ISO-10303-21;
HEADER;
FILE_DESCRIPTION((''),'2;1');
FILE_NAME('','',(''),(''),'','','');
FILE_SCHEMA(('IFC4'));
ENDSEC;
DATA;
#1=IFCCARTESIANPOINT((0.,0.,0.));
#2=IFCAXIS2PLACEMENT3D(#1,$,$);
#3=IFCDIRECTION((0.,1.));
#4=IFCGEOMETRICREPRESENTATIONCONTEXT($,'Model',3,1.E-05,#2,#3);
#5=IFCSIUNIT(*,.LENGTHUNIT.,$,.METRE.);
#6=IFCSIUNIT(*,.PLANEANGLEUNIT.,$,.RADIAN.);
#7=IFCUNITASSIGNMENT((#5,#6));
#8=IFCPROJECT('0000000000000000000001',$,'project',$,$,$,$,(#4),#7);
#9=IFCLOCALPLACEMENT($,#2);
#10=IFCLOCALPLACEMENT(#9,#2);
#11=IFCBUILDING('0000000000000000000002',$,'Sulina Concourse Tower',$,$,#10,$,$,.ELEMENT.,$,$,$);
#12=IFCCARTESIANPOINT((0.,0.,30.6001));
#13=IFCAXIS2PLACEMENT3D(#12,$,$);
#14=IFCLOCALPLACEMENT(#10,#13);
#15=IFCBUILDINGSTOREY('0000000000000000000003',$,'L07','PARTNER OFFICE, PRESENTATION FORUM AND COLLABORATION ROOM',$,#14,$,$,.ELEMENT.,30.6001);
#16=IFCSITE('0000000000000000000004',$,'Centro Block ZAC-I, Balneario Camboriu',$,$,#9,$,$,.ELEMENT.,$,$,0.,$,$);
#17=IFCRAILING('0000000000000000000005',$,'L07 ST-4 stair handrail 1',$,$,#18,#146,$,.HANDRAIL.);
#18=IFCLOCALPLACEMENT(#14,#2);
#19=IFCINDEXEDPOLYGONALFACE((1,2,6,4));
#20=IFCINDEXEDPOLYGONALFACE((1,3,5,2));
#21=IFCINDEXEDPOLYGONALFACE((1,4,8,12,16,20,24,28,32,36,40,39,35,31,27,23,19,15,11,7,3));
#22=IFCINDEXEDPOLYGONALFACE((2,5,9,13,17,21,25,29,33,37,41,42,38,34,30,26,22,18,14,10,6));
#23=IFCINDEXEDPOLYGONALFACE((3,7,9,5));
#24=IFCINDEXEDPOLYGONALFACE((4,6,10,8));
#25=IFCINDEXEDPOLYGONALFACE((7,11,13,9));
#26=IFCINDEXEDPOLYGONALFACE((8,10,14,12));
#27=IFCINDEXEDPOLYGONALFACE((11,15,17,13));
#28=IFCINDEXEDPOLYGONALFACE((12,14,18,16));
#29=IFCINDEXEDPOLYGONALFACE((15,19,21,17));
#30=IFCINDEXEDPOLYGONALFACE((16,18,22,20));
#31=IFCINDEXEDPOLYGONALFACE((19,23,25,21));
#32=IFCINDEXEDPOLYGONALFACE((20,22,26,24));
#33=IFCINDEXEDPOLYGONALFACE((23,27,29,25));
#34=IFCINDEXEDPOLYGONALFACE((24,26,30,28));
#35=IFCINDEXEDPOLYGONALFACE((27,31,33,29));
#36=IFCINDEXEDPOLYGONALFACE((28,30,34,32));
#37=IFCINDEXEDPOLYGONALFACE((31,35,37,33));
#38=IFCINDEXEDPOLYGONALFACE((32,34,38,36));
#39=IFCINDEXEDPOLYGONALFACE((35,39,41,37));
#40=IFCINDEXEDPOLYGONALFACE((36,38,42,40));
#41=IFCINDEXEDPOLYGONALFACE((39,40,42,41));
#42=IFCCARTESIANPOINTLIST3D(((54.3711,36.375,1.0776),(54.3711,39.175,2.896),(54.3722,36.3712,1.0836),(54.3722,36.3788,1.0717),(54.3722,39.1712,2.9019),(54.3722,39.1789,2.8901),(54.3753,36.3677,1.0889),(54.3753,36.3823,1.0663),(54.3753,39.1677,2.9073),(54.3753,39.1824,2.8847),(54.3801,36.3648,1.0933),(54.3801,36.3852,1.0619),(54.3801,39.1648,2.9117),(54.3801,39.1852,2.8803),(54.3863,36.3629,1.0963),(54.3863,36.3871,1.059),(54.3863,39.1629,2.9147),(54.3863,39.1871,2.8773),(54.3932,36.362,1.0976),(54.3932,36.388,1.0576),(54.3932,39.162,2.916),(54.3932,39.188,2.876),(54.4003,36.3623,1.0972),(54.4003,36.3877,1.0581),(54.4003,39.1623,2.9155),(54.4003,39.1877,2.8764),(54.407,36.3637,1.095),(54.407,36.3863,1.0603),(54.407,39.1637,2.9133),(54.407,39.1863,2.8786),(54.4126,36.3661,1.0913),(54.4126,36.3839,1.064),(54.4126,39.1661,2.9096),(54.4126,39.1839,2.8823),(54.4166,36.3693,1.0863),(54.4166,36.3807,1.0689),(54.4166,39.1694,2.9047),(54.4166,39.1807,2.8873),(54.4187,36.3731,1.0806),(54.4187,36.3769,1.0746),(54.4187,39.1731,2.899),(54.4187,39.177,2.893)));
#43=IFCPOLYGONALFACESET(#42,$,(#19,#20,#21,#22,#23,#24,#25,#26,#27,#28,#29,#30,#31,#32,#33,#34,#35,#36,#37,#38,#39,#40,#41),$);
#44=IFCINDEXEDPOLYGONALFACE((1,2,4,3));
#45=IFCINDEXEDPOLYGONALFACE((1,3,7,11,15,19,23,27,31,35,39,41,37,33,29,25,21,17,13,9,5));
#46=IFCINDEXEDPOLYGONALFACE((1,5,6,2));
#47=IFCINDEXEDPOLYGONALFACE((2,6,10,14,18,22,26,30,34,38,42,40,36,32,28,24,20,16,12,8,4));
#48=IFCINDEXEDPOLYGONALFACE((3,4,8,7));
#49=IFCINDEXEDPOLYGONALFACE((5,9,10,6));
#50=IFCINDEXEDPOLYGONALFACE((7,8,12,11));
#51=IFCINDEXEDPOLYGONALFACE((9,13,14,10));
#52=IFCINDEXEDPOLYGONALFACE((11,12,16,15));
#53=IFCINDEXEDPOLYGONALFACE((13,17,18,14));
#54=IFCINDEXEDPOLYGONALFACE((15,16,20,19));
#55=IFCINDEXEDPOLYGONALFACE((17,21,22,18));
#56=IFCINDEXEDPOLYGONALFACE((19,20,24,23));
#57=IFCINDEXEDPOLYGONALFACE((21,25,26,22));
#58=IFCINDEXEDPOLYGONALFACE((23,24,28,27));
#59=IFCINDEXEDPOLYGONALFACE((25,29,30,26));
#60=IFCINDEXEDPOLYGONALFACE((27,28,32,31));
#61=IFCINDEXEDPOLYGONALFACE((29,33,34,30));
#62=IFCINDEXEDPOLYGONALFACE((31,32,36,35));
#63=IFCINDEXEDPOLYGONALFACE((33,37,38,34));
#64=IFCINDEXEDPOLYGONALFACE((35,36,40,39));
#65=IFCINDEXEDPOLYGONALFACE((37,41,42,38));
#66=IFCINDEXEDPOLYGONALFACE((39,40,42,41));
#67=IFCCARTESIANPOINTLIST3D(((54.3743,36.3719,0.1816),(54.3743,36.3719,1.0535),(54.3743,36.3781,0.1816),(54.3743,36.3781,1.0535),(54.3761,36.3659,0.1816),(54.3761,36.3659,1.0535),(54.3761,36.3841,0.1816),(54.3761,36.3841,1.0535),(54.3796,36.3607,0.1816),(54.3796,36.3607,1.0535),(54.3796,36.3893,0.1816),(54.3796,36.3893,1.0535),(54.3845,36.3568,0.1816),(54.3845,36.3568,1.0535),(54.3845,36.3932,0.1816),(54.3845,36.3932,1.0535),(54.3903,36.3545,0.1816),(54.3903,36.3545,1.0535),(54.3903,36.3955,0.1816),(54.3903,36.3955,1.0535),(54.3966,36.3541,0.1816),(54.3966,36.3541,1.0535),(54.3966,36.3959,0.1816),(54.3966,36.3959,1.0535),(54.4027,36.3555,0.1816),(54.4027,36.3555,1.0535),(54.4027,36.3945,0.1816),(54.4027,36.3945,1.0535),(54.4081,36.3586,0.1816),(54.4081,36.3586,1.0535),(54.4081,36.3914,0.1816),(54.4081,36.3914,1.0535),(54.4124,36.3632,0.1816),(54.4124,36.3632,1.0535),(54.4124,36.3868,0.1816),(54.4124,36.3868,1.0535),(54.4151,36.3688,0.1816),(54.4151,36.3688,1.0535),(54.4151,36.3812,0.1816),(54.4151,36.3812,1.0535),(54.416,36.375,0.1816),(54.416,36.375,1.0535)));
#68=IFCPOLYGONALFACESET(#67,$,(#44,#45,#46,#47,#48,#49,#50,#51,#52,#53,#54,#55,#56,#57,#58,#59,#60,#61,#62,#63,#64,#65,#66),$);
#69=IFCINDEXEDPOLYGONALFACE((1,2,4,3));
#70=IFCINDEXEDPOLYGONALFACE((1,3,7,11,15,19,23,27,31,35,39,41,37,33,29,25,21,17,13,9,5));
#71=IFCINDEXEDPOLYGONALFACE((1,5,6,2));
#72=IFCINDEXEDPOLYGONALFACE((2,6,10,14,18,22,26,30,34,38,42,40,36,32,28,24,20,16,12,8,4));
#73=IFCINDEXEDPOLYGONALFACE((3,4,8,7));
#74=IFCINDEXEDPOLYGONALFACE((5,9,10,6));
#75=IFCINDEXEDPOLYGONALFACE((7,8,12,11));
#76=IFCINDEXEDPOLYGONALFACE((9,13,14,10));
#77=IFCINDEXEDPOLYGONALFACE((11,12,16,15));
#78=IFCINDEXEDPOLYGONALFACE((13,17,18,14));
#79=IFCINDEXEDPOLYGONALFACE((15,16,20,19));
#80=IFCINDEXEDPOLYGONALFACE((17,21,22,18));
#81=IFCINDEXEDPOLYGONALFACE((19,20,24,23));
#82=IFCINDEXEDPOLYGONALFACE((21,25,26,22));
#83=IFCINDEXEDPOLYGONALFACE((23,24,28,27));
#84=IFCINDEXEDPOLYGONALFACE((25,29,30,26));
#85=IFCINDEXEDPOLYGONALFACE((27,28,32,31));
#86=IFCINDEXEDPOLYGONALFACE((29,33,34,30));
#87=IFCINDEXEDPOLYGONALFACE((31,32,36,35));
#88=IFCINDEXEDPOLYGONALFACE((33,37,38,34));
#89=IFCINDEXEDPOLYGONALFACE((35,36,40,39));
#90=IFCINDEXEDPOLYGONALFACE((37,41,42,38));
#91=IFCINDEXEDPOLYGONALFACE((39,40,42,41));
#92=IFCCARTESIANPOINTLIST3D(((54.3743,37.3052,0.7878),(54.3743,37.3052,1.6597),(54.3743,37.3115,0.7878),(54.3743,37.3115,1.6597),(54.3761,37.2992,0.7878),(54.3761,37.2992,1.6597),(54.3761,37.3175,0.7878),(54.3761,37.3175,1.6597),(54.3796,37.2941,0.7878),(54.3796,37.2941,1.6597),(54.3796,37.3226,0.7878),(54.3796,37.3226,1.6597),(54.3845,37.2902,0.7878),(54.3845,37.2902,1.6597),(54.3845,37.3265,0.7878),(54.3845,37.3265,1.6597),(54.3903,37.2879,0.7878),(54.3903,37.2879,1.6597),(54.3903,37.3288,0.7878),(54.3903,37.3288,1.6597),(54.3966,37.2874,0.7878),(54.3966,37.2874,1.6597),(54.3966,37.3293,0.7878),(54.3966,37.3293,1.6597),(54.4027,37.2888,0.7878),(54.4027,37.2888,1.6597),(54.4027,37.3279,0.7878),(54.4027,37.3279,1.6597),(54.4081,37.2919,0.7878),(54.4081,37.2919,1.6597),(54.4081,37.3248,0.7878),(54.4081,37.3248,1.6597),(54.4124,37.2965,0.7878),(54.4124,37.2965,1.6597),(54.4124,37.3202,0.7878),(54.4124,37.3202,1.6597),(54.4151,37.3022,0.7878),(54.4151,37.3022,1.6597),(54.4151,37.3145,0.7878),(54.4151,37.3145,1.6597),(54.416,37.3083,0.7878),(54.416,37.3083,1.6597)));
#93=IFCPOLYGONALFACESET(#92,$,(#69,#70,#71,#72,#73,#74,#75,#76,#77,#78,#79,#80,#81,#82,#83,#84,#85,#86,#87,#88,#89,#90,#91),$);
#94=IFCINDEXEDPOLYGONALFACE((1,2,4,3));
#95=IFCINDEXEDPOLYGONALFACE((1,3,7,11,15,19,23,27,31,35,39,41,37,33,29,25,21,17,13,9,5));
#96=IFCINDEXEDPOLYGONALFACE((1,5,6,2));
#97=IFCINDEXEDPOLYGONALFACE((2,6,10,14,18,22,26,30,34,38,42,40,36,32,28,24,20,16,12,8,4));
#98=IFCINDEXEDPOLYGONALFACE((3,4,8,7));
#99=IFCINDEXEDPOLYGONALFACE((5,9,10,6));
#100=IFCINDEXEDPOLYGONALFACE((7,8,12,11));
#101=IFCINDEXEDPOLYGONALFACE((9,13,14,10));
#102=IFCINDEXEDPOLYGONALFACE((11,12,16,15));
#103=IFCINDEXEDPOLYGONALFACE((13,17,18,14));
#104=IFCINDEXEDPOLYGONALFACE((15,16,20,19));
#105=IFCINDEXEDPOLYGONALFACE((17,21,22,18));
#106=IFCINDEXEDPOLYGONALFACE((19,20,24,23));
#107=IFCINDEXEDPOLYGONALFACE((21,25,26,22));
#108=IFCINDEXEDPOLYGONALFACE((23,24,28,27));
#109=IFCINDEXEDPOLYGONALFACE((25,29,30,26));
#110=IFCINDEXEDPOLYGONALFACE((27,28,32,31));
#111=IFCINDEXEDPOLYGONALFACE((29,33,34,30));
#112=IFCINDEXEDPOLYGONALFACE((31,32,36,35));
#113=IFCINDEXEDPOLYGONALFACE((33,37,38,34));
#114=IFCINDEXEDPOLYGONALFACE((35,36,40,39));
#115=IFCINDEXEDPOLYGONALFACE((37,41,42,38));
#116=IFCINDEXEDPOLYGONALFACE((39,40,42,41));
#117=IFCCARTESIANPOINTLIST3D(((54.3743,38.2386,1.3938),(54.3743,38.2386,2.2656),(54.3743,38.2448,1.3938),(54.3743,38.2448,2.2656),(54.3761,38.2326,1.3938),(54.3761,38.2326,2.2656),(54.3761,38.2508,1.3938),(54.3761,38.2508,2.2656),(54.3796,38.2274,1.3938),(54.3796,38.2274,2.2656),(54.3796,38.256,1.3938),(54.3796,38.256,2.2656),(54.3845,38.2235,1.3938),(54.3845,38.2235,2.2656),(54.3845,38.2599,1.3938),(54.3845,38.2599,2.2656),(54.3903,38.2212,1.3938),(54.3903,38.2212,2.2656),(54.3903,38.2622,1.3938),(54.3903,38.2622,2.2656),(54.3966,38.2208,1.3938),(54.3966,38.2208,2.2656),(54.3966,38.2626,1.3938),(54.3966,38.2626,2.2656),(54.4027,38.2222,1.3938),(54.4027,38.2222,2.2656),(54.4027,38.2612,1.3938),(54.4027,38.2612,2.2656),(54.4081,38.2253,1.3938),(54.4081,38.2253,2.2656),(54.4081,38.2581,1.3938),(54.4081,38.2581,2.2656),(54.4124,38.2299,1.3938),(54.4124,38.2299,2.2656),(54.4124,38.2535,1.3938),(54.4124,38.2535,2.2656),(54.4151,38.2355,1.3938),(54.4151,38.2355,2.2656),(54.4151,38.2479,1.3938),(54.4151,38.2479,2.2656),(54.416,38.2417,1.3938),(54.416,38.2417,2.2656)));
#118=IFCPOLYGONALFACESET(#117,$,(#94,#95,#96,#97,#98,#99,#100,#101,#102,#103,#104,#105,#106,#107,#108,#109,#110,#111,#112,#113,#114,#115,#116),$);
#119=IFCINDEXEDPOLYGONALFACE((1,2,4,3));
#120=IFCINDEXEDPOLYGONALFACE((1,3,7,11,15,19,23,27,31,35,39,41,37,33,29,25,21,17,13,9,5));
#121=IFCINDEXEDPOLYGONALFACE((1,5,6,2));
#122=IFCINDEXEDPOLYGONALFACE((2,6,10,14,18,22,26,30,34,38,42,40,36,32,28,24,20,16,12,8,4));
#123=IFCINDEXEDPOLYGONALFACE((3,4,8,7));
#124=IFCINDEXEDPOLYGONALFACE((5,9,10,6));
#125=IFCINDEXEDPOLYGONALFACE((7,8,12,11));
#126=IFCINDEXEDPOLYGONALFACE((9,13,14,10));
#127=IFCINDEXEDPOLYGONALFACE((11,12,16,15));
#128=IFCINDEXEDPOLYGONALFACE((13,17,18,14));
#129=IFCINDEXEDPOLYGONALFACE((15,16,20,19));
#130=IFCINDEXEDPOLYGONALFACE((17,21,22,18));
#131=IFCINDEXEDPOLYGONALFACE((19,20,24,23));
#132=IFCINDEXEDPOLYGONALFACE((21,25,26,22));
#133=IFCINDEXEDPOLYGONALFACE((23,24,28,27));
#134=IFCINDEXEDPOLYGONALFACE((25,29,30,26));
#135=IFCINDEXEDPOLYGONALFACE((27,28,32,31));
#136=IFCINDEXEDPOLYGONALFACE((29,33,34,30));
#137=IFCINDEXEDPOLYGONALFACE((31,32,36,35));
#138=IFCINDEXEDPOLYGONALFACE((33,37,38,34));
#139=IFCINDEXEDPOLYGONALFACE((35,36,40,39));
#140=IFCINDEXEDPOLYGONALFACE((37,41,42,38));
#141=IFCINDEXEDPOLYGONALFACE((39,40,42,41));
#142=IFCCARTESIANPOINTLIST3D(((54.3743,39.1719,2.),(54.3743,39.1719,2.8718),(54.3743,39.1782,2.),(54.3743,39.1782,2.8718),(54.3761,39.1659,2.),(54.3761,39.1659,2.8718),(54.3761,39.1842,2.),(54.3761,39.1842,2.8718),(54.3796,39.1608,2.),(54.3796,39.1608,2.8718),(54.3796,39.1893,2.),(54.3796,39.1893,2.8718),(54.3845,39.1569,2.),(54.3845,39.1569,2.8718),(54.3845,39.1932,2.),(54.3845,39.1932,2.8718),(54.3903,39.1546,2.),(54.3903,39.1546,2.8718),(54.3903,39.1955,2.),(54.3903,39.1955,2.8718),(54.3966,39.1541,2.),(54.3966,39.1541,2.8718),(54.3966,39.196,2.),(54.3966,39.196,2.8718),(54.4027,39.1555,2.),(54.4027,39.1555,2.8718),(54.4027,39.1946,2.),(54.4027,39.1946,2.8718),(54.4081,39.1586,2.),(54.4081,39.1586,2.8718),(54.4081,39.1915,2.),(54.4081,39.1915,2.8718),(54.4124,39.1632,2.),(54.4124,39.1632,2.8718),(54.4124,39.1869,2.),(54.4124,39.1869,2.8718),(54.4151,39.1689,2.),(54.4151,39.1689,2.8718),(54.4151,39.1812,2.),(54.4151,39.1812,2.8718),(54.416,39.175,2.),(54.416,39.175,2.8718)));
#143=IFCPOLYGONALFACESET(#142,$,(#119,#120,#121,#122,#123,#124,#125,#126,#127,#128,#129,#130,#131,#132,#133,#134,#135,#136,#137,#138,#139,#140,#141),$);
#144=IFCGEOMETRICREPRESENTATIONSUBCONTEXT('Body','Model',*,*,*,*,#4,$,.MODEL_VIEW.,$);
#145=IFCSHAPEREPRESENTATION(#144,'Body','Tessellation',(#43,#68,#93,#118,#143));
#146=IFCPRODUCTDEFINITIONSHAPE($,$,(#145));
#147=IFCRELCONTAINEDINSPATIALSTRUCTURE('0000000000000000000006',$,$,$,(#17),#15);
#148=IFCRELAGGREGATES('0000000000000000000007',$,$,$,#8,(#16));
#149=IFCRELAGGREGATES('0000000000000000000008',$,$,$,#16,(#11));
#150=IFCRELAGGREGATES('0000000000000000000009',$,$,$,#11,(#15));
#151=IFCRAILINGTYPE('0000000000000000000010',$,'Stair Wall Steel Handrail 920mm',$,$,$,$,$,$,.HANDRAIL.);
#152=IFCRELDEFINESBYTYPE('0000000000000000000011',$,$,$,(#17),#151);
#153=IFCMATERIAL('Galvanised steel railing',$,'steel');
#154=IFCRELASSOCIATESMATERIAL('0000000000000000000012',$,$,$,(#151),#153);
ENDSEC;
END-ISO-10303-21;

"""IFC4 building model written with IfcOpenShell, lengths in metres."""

from ifc_helpers import new_model, si_unit, direction, frame, origin, origin_2d, place, context, subcontext, project, spatial, circle, extrude, material, type_object, element, save


model = new_model("IFC4")

# Units and contexts
model_context = context("Model", 3, precision=1e-05, world=origin(), true_north=direction((0.0, 1.0)))
body_context = subcontext(model_context, "Body", "Model", "MODEL_VIEW")
ifc_project = project(units=[si_unit("LENGTHUNIT", "METRE"), si_unit("PLANEANGLEUNIT", "RADIAN")], contexts=[model_context])

# Site, building, storey
site_placement = place(None, origin())
site = spatial("IfcSite", under=ifc_project, at=site_placement, Name="Centro Block ZAC-I, Balneario Camboriu", CompositionType="ELEMENT", RefElevation=0.0)
building_placement = place(site_placement, origin())
building = spatial("IfcBuilding", under=site, at=building_placement, Name="Sulina Concourse Tower", CompositionType="ELEMENT")
storey_placement = place(building_placement, frame((0.0, 0.0, 30.6001)))
storey = spatial("IfcBuildingStorey", under=building, at=storey_placement, Name="L07", Description="PARTNER OFFICE, PRESENTATION FORUM AND COLLABORATION ROOM", CompositionType="ELEMENT", Elevation=30.6001)

# Railing
ifc_material_1 = material(Name="Galvanised steel railing", Category="steel")
railing_type_1 = type_object("IfcRailingType", Name="Stair Wall Steel Handrail 920mm", PredefinedType="HANDRAIL", material=ifc_material_1)
railing_1_placement = place(storey_placement, frame((54.395, 36.375, 0.1816)))
element("IfcRailing", 1, at=railing_1_placement, inside=storey, type_object=railing_type_1, Name="L07 ST-4 stair handrail 1", PredefinedType="HANDRAIL", context=body_context, shape_type="SweptSolid", body=[
    extrude(circle(Radius=0.0239, at=origin_2d()), frame((0.0, 0.0, 0.896), z_axis=(0.0, 0.838672, 0.544636), x_axis=(-1.0, 0.0, 0.0)), (0.0, 0.0, 1.0), 3.3386),
    extrude(circle(Radius=0.021, at=origin_2d()), origin(), (0.0, 0.0, 1.0), 0.8718),
    extrude(circle(Radius=0.021, at=origin_2d()), frame((0.0, 0.9333, 0.6062)), (0.0, 0.0, 1.0), 0.8718),
    extrude(circle(Radius=0.021, at=origin_2d()), frame((0.0, 1.8667, 1.2122)), (0.0, 0.0, 1.0), 0.8718),
    extrude(circle(Radius=0.021, at=origin_2d()), frame((0.0, 2.8, 1.8184)), (0.0, 0.0, 1.0), 0.8718),
])

save(model, "model.ifc")
